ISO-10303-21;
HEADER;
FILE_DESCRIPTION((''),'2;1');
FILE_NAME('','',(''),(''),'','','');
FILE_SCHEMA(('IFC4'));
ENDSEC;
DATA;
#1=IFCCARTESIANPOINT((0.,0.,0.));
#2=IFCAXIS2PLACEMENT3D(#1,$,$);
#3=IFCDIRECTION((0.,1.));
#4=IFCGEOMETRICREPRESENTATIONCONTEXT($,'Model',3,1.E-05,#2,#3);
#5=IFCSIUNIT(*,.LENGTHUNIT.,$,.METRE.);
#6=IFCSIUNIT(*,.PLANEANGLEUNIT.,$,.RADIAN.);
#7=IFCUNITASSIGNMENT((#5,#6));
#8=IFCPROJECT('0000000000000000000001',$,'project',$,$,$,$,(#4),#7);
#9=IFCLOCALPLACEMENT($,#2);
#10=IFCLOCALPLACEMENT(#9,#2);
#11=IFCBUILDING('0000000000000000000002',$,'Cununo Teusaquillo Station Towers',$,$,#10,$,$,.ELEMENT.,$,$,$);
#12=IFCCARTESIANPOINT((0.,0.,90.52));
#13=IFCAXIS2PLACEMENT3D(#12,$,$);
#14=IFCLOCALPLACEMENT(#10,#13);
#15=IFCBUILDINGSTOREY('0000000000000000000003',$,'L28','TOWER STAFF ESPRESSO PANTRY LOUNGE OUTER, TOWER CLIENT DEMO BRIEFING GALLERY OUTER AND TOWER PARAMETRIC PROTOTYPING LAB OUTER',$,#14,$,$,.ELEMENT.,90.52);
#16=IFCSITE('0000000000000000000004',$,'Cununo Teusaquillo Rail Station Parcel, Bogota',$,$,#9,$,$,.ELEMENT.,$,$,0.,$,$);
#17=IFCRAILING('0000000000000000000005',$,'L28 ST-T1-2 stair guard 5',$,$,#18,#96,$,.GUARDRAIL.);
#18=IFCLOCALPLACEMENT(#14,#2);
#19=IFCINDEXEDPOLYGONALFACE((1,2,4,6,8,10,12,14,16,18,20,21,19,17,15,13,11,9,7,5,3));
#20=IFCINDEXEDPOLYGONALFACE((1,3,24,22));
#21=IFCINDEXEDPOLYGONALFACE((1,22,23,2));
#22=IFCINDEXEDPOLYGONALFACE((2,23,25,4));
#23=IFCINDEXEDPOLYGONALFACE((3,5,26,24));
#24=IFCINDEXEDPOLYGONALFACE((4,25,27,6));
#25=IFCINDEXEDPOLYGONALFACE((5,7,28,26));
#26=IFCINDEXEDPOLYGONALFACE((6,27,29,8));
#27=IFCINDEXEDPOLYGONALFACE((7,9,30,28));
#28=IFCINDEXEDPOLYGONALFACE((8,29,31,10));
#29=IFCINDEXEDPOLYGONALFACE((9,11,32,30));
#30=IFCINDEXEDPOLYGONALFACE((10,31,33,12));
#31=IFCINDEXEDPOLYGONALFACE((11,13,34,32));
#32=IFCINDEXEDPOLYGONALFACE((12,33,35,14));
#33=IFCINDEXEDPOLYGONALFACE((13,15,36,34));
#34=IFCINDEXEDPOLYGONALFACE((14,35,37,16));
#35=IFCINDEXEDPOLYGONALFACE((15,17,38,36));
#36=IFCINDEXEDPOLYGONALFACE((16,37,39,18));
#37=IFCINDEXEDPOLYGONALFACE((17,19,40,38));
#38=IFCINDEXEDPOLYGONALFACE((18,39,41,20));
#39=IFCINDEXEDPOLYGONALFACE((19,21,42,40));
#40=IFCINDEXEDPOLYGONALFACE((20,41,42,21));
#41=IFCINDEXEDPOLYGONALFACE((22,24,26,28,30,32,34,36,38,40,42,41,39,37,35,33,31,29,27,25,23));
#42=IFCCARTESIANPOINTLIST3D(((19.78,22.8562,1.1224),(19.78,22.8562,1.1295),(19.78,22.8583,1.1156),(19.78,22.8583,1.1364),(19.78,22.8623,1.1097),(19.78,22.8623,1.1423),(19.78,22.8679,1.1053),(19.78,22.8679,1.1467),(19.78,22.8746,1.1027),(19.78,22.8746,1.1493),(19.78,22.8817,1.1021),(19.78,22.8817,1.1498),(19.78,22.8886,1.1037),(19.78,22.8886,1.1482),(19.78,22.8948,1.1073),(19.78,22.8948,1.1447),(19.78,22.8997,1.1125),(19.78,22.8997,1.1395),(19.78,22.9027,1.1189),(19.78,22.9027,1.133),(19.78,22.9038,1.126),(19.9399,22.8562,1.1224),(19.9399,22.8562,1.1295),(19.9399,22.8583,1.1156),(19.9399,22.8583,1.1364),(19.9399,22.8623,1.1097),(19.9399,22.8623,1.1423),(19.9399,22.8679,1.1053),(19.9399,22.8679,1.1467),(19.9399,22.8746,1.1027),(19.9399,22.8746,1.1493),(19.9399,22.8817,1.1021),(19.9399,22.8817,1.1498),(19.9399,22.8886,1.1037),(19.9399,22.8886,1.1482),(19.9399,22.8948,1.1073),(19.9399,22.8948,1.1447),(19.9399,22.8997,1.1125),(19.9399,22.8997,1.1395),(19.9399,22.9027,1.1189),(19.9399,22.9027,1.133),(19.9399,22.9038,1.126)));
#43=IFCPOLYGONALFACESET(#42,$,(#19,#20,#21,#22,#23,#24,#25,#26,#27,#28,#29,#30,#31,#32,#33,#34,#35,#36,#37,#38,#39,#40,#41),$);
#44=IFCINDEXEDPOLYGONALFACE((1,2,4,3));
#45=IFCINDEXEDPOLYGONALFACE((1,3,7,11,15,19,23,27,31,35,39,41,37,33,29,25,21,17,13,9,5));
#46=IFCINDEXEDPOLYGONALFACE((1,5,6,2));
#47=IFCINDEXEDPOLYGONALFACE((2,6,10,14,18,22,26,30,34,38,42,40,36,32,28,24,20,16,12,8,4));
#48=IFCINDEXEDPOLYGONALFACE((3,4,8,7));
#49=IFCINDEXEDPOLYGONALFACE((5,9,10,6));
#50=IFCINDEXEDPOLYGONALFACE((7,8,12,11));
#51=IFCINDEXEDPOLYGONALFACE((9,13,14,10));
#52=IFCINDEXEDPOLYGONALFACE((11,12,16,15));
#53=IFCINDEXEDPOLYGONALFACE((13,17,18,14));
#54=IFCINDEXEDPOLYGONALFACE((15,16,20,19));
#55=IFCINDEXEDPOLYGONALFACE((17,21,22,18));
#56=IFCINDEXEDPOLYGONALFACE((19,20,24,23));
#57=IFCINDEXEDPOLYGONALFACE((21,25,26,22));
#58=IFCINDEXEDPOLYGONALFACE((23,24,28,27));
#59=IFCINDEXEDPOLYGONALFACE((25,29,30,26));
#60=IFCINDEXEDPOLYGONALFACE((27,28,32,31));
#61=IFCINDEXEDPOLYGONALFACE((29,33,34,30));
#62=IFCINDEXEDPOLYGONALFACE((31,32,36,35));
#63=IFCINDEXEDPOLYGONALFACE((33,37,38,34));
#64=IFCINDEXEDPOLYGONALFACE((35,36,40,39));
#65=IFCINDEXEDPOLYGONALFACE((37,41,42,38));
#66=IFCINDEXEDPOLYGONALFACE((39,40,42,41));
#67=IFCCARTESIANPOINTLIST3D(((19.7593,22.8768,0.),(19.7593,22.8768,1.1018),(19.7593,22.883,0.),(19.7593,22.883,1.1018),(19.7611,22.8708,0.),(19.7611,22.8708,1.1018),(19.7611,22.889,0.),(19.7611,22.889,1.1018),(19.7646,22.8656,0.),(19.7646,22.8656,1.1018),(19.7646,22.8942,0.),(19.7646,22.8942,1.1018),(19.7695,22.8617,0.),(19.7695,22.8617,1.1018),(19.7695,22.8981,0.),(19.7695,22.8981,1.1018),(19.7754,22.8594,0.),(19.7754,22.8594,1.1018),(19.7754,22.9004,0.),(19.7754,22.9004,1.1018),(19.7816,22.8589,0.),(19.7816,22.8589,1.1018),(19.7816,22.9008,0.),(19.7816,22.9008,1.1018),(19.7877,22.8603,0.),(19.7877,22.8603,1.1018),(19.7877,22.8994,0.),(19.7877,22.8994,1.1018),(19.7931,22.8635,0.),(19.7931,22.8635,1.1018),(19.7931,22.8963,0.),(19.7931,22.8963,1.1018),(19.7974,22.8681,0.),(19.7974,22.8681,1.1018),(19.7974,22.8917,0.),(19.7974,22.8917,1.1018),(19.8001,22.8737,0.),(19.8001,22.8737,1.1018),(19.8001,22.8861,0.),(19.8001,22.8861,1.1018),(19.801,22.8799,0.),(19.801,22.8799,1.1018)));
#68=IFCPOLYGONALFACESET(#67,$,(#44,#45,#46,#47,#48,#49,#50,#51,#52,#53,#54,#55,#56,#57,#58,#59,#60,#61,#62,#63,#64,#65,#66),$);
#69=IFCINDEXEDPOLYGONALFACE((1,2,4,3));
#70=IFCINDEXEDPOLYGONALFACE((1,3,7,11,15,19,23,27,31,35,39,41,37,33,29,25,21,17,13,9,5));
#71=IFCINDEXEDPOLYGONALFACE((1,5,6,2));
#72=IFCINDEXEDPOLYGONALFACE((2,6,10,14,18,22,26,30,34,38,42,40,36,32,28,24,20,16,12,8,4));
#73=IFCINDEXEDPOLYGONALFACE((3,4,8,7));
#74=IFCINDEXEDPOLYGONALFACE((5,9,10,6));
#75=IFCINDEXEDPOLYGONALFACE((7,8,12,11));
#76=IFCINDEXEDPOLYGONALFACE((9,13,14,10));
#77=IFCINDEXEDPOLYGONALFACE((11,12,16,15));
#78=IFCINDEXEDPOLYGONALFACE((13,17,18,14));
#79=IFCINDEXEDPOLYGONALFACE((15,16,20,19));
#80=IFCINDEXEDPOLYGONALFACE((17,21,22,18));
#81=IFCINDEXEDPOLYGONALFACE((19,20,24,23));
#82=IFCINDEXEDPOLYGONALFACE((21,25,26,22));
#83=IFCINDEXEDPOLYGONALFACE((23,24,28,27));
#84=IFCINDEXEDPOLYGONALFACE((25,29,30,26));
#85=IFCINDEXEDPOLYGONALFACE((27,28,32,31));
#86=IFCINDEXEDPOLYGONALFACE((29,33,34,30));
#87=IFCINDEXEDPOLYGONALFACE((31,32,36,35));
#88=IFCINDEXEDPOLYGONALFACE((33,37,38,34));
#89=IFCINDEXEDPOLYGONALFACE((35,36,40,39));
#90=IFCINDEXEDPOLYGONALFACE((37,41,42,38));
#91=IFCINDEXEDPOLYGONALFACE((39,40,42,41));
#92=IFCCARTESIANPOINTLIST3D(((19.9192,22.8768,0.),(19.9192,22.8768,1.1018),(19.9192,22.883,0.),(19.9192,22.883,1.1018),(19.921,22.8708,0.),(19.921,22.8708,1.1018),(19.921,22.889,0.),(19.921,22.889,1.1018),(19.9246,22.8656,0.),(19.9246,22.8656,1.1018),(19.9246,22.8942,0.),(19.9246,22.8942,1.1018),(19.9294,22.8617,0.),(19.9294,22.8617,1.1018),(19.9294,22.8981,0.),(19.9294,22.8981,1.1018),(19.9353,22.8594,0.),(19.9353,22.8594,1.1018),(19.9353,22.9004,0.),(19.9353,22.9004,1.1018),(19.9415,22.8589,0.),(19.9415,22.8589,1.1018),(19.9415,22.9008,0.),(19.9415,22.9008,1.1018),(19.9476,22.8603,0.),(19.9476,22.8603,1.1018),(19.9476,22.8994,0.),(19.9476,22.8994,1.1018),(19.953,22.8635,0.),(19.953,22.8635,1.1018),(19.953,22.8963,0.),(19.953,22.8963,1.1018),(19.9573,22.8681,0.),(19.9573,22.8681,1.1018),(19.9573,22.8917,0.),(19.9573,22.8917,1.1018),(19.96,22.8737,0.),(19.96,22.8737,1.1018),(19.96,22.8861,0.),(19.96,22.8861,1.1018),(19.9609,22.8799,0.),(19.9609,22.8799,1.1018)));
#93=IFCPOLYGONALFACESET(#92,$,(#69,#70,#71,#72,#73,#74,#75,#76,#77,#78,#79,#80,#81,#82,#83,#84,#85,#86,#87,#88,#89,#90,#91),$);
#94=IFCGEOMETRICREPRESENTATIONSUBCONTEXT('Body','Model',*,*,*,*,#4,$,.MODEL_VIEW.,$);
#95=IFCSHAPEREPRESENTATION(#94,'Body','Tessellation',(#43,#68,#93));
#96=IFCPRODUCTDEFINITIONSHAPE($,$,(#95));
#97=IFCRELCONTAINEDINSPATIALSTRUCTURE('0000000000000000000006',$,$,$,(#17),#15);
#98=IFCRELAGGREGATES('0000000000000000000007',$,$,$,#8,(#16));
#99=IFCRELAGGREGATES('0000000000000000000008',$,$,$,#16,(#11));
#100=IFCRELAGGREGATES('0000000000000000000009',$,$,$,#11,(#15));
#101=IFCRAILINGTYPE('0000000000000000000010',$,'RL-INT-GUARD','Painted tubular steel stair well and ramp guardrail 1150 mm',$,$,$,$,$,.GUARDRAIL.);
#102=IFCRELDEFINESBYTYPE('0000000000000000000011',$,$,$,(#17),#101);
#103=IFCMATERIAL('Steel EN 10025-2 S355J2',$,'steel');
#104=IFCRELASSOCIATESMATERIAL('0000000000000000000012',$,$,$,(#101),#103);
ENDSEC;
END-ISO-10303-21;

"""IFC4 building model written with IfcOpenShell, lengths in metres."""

from ifc_helpers import new_model, si_unit, direction, frame, origin, origin_2d, place, context, subcontext, project, spatial, circle, extrude, material, type_object, element, save


model = new_model("IFC4")

# Units and contexts
model_context = context("Model", 3, precision=1e-05, world=origin(), true_north=direction((0.0, 1.0)))
body_context = subcontext(model_context, "Body", "Model", "MODEL_VIEW")
ifc_project = project(units=[si_unit("LENGTHUNIT", "METRE"), si_unit("PLANEANGLEUNIT", "RADIAN")], contexts=[model_context])

# Site, building, storey
site_placement = place(None, origin())
site = spatial("IfcSite", under=ifc_project, at=site_placement, Name="Cununo Teusaquillo Rail Station Parcel, Bogota", CompositionType="ELEMENT", RefElevation=0.0)
building_placement = place(site_placement, origin())
building = spatial("IfcBuilding", under=site, at=building_placement, Name="Cununo Teusaquillo Station Towers", CompositionType="ELEMENT")
storey_placement = place(building_placement, frame((0.0, 0.0, 90.52)))
storey = spatial("IfcBuildingStorey", under=building, at=storey_placement, Name="L28", Description="TOWER STAFF ESPRESSO PANTRY LOUNGE OUTER, TOWER CLIENT DEMO BRIEFING GALLERY OUTER AND TOWER PARAMETRIC PROTOTYPING LAB OUTER", CompositionType="ELEMENT", Elevation=90.52)

# Railing
ifc_material_1 = material(Name="Steel EN 10025-2 S355J2", Category="steel")
railing_type_1 = type_object("IfcRailingType", Name="RL-INT-GUARD", Description="Painted tubular steel stair well and ramp guardrail 1150 mm", PredefinedType="GUARDRAIL", material=ifc_material_1)
railing_1_placement = place(storey_placement, frame((19.78, 22.8799, 0.0)))
element("IfcRailing", 1, at=railing_1_placement, inside=storey, type_object=railing_type_1, Name="L28 ST-T1-2 stair guard 5", PredefinedType="GUARDRAIL", context=body_context, shape_type="SweptSolid", body=[
    extrude(circle(Radius=0.0239, at=origin_2d()), frame((0.0, 0.0, 1.126), z_axis=(1.0, 0.0, 0.0), x_axis=(0.0, 1.0, 0.0)), (0.0, 0.0, 1.0), 0.1599),
    extrude(circle(Radius=0.021, at=origin_2d()), origin(), (0.0, 0.0, 1.0), 1.1018),
    extrude(circle(Radius=0.021, at=origin_2d()), frame((0.1599, 0.0, 0.0)), (0.0, 0.0, 1.0), 1.1018),
])

save(model, "model.ifc")
